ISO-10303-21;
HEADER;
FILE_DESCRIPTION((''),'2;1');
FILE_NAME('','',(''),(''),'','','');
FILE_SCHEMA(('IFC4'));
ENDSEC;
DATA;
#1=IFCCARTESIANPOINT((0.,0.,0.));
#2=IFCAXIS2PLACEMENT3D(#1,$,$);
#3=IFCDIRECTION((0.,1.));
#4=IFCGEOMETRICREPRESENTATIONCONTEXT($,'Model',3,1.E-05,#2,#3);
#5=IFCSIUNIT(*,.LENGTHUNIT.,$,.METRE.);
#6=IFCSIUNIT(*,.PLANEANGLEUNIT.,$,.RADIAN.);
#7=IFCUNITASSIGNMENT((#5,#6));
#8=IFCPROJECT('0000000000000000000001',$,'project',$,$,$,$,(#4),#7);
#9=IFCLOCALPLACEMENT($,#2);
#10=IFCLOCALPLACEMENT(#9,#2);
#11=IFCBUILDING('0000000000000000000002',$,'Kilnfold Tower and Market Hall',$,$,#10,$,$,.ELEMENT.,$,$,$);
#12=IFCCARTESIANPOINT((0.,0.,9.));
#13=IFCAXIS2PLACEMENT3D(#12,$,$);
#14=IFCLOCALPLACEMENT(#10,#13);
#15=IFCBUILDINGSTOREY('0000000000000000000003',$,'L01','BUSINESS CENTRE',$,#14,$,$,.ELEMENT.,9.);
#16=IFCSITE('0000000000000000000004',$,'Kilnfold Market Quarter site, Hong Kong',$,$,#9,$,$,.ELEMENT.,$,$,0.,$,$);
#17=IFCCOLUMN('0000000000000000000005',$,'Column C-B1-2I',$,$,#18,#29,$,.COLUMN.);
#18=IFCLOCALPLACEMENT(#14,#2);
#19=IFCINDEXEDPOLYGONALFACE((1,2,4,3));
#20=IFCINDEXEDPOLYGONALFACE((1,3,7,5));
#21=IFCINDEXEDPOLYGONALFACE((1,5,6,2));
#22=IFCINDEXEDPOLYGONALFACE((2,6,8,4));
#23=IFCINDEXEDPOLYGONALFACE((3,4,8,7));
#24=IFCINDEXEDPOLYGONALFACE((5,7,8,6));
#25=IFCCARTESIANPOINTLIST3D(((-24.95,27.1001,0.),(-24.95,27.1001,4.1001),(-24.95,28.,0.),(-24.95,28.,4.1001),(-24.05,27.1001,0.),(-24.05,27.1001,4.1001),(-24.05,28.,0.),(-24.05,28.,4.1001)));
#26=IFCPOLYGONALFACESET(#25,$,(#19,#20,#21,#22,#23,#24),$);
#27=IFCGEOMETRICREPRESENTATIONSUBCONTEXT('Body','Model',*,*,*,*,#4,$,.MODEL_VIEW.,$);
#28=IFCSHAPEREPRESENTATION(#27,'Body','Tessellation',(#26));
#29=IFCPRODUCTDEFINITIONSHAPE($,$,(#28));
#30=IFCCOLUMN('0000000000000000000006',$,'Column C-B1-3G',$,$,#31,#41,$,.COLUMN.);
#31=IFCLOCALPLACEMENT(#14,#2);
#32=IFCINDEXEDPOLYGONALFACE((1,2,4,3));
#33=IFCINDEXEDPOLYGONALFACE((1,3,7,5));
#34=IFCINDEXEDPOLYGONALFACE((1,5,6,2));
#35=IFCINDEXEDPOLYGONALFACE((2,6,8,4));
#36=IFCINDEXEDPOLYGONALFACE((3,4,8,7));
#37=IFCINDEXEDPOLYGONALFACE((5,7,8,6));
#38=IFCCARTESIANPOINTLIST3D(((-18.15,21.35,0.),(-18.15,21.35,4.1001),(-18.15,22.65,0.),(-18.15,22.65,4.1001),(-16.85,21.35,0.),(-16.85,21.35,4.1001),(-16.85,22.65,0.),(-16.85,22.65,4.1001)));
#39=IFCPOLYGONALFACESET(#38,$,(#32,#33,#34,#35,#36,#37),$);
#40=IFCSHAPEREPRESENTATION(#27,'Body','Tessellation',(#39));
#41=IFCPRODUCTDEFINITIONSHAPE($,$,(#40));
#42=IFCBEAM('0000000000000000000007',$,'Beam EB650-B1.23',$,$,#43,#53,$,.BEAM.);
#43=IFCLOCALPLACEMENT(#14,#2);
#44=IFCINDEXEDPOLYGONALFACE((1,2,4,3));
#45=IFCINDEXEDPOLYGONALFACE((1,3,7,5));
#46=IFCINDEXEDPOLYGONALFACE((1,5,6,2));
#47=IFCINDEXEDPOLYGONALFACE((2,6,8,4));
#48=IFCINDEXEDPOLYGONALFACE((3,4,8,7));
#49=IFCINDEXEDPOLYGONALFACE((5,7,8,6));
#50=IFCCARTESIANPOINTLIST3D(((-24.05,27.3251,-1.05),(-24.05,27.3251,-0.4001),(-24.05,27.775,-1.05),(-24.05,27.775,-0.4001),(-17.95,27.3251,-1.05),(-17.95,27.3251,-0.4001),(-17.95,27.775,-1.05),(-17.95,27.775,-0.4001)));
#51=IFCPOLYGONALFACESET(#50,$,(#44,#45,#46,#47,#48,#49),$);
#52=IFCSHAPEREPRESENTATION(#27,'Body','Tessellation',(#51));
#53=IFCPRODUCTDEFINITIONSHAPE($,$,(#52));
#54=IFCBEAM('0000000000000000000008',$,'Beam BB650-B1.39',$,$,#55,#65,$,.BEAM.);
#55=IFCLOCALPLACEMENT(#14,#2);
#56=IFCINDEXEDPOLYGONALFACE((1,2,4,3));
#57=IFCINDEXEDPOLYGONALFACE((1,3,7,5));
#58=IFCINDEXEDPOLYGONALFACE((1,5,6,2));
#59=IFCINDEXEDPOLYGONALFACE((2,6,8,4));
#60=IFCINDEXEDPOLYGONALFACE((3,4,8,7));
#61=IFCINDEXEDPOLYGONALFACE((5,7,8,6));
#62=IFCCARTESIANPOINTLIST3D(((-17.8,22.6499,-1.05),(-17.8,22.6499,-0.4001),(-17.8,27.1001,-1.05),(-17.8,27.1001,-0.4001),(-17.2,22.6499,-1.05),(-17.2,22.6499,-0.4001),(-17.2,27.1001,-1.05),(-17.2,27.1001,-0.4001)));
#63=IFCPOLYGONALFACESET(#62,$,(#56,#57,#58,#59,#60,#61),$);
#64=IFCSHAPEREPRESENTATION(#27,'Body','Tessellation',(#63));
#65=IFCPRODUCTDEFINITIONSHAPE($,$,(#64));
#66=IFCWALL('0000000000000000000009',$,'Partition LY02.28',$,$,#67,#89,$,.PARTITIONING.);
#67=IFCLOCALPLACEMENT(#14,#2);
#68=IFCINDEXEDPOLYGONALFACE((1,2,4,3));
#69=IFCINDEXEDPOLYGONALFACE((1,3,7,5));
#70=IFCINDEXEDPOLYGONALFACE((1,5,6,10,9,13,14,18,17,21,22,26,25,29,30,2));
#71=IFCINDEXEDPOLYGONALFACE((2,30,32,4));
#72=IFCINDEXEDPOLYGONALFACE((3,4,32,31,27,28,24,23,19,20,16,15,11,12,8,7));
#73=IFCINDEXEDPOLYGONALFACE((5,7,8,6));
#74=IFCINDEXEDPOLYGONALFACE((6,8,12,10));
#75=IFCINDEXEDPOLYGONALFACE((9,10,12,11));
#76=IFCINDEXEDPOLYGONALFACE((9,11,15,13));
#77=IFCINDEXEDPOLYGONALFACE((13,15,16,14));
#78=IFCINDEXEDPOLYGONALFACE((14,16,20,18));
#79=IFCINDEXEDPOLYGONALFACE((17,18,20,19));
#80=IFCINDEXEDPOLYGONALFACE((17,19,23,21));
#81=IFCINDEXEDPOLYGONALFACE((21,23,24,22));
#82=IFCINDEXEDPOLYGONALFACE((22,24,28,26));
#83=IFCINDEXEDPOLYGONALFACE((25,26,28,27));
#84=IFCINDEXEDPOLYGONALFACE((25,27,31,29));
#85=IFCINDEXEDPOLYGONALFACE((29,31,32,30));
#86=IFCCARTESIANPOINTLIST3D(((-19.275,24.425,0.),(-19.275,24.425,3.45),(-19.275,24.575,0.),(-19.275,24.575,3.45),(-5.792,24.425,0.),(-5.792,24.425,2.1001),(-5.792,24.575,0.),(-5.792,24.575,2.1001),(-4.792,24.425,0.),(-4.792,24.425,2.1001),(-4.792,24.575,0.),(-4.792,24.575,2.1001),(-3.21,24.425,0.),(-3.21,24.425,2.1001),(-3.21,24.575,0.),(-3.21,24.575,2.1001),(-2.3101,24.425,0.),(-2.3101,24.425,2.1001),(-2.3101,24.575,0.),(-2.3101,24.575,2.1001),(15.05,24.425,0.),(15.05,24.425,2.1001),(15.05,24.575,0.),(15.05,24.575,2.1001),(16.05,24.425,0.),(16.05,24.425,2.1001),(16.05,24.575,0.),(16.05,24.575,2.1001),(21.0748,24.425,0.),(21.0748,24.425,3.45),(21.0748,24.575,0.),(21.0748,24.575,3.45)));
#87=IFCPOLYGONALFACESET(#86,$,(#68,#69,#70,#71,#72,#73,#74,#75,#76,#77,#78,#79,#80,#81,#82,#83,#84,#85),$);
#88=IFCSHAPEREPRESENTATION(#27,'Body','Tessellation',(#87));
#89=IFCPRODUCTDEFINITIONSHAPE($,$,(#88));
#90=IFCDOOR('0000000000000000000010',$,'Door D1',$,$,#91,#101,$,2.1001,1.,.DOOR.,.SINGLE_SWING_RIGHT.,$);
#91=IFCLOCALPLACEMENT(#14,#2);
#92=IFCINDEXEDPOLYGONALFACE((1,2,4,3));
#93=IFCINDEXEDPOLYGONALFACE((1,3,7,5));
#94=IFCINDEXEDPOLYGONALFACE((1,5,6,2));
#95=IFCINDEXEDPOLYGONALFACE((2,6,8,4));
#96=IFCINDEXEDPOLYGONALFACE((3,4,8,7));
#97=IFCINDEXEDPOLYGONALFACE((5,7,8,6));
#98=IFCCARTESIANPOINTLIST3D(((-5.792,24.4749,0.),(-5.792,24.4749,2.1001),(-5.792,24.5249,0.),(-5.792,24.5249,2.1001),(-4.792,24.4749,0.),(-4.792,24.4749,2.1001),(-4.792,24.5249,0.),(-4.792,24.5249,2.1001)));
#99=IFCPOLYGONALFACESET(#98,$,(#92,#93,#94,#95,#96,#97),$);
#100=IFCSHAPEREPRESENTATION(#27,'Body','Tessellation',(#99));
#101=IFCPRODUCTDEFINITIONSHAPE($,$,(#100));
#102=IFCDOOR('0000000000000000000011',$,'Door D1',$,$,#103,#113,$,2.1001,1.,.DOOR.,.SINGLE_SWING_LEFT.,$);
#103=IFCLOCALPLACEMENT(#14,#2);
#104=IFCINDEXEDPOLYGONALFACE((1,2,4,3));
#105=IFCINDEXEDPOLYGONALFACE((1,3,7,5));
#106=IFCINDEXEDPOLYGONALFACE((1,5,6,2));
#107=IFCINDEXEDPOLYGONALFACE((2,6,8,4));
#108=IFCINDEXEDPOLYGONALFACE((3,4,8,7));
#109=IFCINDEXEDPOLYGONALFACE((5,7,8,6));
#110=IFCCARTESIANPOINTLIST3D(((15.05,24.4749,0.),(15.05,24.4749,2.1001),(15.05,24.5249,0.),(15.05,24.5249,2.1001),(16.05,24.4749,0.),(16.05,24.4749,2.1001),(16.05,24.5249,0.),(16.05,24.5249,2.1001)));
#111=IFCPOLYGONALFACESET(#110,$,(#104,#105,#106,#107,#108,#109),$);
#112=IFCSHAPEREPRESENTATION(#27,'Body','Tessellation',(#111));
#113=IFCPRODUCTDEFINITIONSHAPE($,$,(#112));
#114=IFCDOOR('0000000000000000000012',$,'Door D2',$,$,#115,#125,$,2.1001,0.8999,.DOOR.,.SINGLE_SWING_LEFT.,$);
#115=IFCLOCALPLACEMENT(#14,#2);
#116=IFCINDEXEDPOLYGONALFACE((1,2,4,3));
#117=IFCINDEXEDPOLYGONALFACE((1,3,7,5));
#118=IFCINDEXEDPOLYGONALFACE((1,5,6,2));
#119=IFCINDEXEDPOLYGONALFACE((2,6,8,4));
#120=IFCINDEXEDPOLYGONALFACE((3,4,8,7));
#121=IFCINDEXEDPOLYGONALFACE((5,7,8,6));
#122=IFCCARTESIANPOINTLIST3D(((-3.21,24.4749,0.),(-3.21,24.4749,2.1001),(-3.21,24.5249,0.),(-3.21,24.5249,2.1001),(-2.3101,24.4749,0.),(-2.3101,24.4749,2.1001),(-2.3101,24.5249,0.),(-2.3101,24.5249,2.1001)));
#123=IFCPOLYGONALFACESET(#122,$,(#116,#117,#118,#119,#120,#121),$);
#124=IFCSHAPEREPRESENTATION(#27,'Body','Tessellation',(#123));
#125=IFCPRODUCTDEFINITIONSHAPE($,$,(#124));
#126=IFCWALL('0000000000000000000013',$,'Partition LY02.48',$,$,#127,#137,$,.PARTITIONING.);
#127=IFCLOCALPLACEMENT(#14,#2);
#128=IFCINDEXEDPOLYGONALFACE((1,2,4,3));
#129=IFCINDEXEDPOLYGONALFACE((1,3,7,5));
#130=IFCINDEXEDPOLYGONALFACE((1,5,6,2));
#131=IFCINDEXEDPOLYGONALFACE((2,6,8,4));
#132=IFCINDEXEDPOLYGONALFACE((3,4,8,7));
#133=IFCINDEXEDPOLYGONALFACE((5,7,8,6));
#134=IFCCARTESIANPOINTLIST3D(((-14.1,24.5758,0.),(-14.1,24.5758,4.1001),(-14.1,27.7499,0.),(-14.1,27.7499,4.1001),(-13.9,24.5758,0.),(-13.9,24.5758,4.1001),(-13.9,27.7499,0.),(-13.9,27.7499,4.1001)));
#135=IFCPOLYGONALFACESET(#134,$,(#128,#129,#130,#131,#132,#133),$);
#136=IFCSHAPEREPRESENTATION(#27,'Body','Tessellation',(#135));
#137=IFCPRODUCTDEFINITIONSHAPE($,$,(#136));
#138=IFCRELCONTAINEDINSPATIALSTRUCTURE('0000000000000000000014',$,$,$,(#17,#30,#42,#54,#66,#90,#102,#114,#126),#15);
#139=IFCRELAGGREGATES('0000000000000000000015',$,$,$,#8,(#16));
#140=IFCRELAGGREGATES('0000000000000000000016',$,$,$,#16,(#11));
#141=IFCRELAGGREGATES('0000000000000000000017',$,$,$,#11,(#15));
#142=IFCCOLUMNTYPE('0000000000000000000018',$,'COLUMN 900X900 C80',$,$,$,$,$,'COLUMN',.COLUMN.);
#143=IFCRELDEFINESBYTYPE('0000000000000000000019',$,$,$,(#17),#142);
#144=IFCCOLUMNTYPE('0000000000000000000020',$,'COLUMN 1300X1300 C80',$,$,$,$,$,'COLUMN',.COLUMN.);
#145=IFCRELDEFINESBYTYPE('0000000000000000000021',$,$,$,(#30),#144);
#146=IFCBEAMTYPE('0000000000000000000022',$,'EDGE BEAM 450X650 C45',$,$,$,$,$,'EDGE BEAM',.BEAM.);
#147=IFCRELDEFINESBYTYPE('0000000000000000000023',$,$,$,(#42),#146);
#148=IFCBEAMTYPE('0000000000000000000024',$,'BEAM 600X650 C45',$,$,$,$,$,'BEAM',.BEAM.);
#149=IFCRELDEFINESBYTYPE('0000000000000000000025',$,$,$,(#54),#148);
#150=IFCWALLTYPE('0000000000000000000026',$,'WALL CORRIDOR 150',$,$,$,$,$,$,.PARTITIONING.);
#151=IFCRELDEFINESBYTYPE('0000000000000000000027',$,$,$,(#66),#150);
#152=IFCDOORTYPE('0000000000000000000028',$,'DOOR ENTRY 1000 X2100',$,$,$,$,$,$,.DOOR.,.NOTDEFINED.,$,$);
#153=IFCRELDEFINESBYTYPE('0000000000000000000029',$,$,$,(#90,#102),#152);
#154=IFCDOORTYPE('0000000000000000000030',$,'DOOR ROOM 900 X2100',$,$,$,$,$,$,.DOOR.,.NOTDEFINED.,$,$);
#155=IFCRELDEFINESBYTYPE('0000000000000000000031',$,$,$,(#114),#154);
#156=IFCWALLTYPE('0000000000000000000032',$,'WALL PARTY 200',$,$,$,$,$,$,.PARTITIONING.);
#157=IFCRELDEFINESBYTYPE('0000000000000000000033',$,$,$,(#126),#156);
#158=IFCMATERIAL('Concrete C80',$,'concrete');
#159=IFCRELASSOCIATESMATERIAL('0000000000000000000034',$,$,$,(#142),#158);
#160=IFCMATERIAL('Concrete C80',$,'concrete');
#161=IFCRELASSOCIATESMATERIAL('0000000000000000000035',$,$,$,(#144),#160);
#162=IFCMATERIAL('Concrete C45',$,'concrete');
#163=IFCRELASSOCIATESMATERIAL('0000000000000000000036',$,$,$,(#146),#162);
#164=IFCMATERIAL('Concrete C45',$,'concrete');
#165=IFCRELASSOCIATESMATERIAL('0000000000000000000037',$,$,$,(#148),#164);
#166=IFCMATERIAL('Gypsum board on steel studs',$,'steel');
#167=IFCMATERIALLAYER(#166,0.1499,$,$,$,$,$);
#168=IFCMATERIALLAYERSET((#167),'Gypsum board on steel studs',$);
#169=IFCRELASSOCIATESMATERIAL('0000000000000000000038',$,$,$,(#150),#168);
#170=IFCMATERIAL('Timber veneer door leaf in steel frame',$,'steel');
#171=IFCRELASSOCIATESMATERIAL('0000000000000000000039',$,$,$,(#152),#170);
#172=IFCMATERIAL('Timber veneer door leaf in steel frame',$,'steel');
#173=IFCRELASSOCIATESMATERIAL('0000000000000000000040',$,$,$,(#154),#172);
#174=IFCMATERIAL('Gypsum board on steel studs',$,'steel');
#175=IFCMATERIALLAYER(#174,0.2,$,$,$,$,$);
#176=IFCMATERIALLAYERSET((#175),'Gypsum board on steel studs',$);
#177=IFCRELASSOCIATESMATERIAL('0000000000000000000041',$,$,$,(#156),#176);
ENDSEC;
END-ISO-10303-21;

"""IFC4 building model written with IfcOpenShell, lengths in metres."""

from ifc_helpers import new_model, si_unit, direction, frame, frame_2d, origin, origin_2d, place, context, subcontext, project, spatial, rectangle, extrude, source, transform, mapped, material, layer, layer_set, material_profile, profile_set, type_object, element, fill, save


model = new_model("IFC4")

# Units and contexts
model_context = context("Model", 3, precision=1e-05, world=origin(), true_north=direction((0.0, 1.0)))
body_context = subcontext(model_context, "Body", "Model", "MODEL_VIEW")
ifc_project = project(units=[si_unit("LENGTHUNIT", "METRE"), si_unit("PLANEANGLEUNIT", "RADIAN")], contexts=[model_context])

# Site, building, storey
site_placement = place(None, origin())
site = spatial("IfcSite", under=ifc_project, at=site_placement, Name="Kilnfold Market Quarter site, Hong Kong", CompositionType="ELEMENT", RefElevation=0.0)
building_placement = place(site_placement, origin())
building = spatial("IfcBuilding", under=site, at=building_placement, Name="Kilnfold Tower and Market Hall", CompositionType="ELEMENT")
storey_placement = place(building_placement, frame((0.0, 0.0, 9.0)))
storey = spatial("IfcBuildingStorey", under=building, at=storey_placement, Name="L01", Description="BUSINESS CENTRE", CompositionType="ELEMENT", Elevation=9.0)

# Columns
ifc_material_1 = material(Name="Concrete C80", Category="concrete")
ifc_material_profile_1 = material_profile(ifc_material_1, rectangle(XDim=0.8999, YDim=0.8999, at=origin_2d()), Name="RC 900x900")
ifc_profile_set_1 = profile_set([ifc_material_profile_1], Name="Concrete C80")
column_type_1 = type_object("IfcColumnType", Name="COLUMN 900X900 C80", ElementType="COLUMN", PredefinedType="COLUMN", material=ifc_profile_set_1)
shared_shape_1 = source(origin(), body_context, "Body", "SweptSolid", [
    extrude(rectangle(XDim=0.8999, YDim=0.8999, at=origin_2d()), origin(), (0.0, 0.0, 1.0), 4.1001),
])
column_1_placement = place(storey_placement, frame((-24.5, 27.55, 0.0), z_axis=(0.0, 0.0, 1.0), x_axis=(1.0, 0.0, 0.0)))
element("IfcColumn", 1, at=column_1_placement, inside=storey, type_object=column_type_1, Name="Column C-B1-2I", PredefinedType="COLUMN", context=body_context, shape_type="MappedRepresentation", body=[
    mapped(shared_shape_1, transform((0.0, 0.0, 0.0))),
])
ifc_material_2 = material(Name="Concrete C80", Category="concrete")
ifc_material_profile_2 = material_profile(ifc_material_2, rectangle(XDim=1.3, YDim=1.3, at=origin_2d()), Name="RC 1300x1300")
ifc_profile_set_2 = profile_set([ifc_material_profile_2], Name="Concrete C80")
column_type_2 = type_object("IfcColumnType", Name="COLUMN 1300X1300 C80", ElementType="COLUMN", PredefinedType="COLUMN", material=ifc_profile_set_2)
shared_shape_2 = source(origin(), body_context, "Body", "SweptSolid", [
    extrude(rectangle(XDim=1.3, YDim=1.3, at=origin_2d()), origin(), (0.0, 0.0, 1.0), 4.1001),
])
column_2_placement = place(storey_placement, frame((-17.5, 22.0, 0.0), z_axis=(0.0, 0.0, 1.0), x_axis=(1.0, 0.0, 0.0)))
element("IfcColumn", 2, at=column_2_placement, inside=storey, type_object=column_type_2, Name="Column C-B1-3G", PredefinedType="COLUMN", context=body_context, shape_type="MappedRepresentation", body=[
    mapped(shared_shape_2, transform((0.0, 0.0, 0.0))),
])

# Beams
ifc_material_3 = material(Name="Concrete C45", Category="concrete")
ifc_material_profile_3 = material_profile(ifc_material_3, rectangle(XDim=0.45, YDim=0.6499, at=origin_2d()), Name="RC 450x650")
ifc_profile_set_3 = profile_set([ifc_material_profile_3], Name="Concrete C45")
beam_type_1 = type_object("IfcBeamType", Name="EDGE BEAM 450X650 C45", ElementType="EDGE BEAM", PredefinedType="BEAM", material=ifc_profile_set_3)
shared_shape_3 = source(origin(), body_context, "Body", "SweptSolid", [
    extrude(rectangle(XDim=0.45, YDim=0.6499, at=origin_2d()), origin(), (0.0, 0.0, 1.0), 6.1001),
])
beam_1_placement = place(storey_placement, frame((-24.05, 27.55, -0.7251), z_axis=(1.0, 0.0, 0.0), x_axis=(0.0, 1.0, 0.0)))
element("IfcBeam", 3, at=beam_1_placement, inside=storey, type_object=beam_type_1, Name="Beam EB650-B1.23", PredefinedType="BEAM", context=body_context, shape_type="MappedRepresentation", body=[
    mapped(shared_shape_3, transform((0.0, 0.0, 0.0))),
])
ifc_material_4 = material(Name="Concrete C45", Category="concrete")
ifc_material_profile_4 = material_profile(ifc_material_4, rectangle(XDim=0.6001, YDim=0.6499, at=origin_2d()), Name="RC 600x650")
ifc_profile_set_4 = profile_set([ifc_material_profile_4], Name="Concrete C45")
beam_type_2 = type_object("IfcBeamType", Name="BEAM 600X650 C45", ElementType="BEAM", PredefinedType="BEAM", material=ifc_profile_set_4)
shared_shape_4 = source(origin(), body_context, "Body", "SweptSolid", [
    extrude(rectangle(XDim=0.6001, YDim=0.6499, at=origin_2d()), origin(), (0.0, 0.0, 1.0), 4.4502),
])
beam_2_placement = place(storey_placement, frame((-17.5, 22.6499, -0.7251), z_axis=(0.0, 1.0, 0.0), x_axis=(-1.0, 0.0, 0.0)))
element("IfcBeam", 4, at=beam_2_placement, inside=storey, type_object=beam_type_2, Name="Beam BB650-B1.39", PredefinedType="BEAM", context=body_context, shape_type="MappedRepresentation", body=[
    mapped(shared_shape_4, transform((0.0, 0.0, 0.0))),
])

# Wall, openings, doors
ifc_material_5 = material(Name="Gypsum board on steel studs", Category="steel")
ifc_layer_1 = layer(ifc_material_5, 0.1499)
ifc_layer_set_1 = layer_set([ifc_layer_1], Name="Gypsum board on steel studs")
wall_type_1 = type_object("IfcWallType", Name="WALL CORRIDOR 150", PredefinedType="PARTITIONING", material=ifc_layer_set_1)
wall_1_placement = place(storey_placement, frame((-19.2749, 24.5, 0.0), z_axis=(0.0, 0.0, 1.0), x_axis=(1.0, 0.0, 0.0)))
wall_1 = element("IfcWall", 5, at=wall_1_placement, inside=storey, type_object=wall_type_1, Name="Partition LY02.28", PredefinedType="PARTITIONING", context=body_context, shape_type="SweptSolid", body=[
    extrude(rectangle(XDim=40.3499, YDim=0.1499, at=frame_2d((20.1748, 0.0))), origin(), (0.0, 0.0, 1.0), 3.45),
])
opening_1_placement = place(wall_1_placement, frame((13.4829, 0.0, 0.0)))
opening_1 = element("IfcOpeningElement", 6, at=opening_1_placement, cuts=wall_1, PredefinedType="OPENING", context=body_context, shape_type="SweptSolid", body=[
    extrude(rectangle(XDim=1.0, YDim=2.1001, at=frame_2d((0.5, 1.05))), frame((0.0, 0.085, 0.0), z_axis=(0.0, -1.0, 0.0), x_axis=(1.0, 0.0, 0.0)), (0.0, 0.0, 1.0), 0.1699),
])
opening_2_placement = place(wall_1_placement, frame((16.0649, 0.0, 0.0)))
opening_2 = element("IfcOpeningElement", 7, at=opening_2_placement, cuts=wall_1, PredefinedType="OPENING", context=body_context, shape_type="SweptSolid", body=[
    extrude(rectangle(XDim=0.8999, YDim=2.1001, at=frame_2d((0.45, 1.05))), frame((0.0, 0.085, 0.0), z_axis=(0.0, -1.0, 0.0), x_axis=(1.0, 0.0, 0.0)), (0.0, 0.0, 1.0), 0.1699),
])
opening_3_placement = place(wall_1_placement, frame((34.325, 0.0, 0.0)))
opening_3 = element("IfcOpeningElement", 8, at=opening_3_placement, cuts=wall_1, PredefinedType="OPENING", context=body_context, shape_type="SweptSolid", body=[
    extrude(rectangle(XDim=1.0, YDim=2.1001, at=frame_2d((0.5, 1.05))), frame((0.0, 0.085, 0.0), z_axis=(0.0, -1.0, 0.0), x_axis=(1.0, 0.0, 0.0)), (0.0, 0.0, 1.0), 0.1699),
])
ifc_material_6 = material(Name="Timber veneer door leaf in steel frame", Category="steel")
door_type_1 = type_object("IfcDoorType", Name="DOOR ENTRY 1000 X2100", OperationType="NOTDEFINED", PredefinedType="DOOR", material=ifc_material_6)
door_1_placement = place(opening_1_placement, origin())
door_1 = element("IfcDoor", 9, at=door_1_placement, inside=storey, type_object=door_type_1, Name="Door D1", OperationType="SINGLE_SWING_RIGHT", OverallHeight=2.1001, OverallWidth=1.0, PredefinedType="DOOR", context=body_context, shape_type="SweptSolid", body=[
    extrude(rectangle(XDim=1.0, YDim=2.1001, at=frame_2d((0.5, 1.05))), frame((0.0, 0.0249, 0.0), z_axis=(0.0, -1.0, 0.0), x_axis=(1.0, 0.0, 0.0)), (0.0, 0.0, 1.0), 0.05),
])
fill(opening_1, door_1)
door_2_placement = place(opening_3_placement, origin())
door_2 = element("IfcDoor", 10, at=door_2_placement, inside=storey, type_object=door_type_1, Name="Door D1", OperationType="SINGLE_SWING_LEFT", OverallHeight=2.1001, OverallWidth=1.0, PredefinedType="DOOR", context=body_context, shape_type="SweptSolid", body=[
    extrude(rectangle(XDim=1.0, YDim=2.1001, at=frame_2d((0.5, 1.05))), frame((0.0, 0.0249, 0.0), z_axis=(0.0, -1.0, 0.0), x_axis=(1.0, 0.0, 0.0)), (0.0, 0.0, 1.0), 0.05),
])
fill(opening_3, door_2)
ifc_material_7 = material(Name="Timber veneer door leaf in steel frame", Category="steel")
door_type_2 = type_object("IfcDoorType", Name="DOOR ROOM 900 X2100", OperationType="NOTDEFINED", PredefinedType="DOOR", material=ifc_material_7)
door_3_placement = place(opening_2_placement, origin())
door_3 = element("IfcDoor", 11, at=door_3_placement, inside=storey, type_object=door_type_2, Name="Door D2", OperationType="SINGLE_SWING_LEFT", OverallHeight=2.1001, OverallWidth=0.8999, PredefinedType="DOOR", context=body_context, shape_type="SweptSolid", body=[
    extrude(rectangle(XDim=0.8999, YDim=2.1001, at=frame_2d((0.45, 1.05))), frame((0.0, 0.0249, 0.0), z_axis=(0.0, -1.0, 0.0), x_axis=(1.0, 0.0, 0.0)), (0.0, 0.0, 1.0), 0.05),
])
fill(opening_2, door_3)

# Wall
ifc_material_8 = material(Name="Gypsum board on steel studs", Category="steel")
ifc_layer_2 = layer(ifc_material_8, 0.2)
ifc_layer_set_2 = layer_set([ifc_layer_2], Name="Gypsum board on steel studs")
wall_type_2 = type_object("IfcWallType", Name="WALL PARTY 200", PredefinedType="PARTITIONING", material=ifc_layer_set_2)
wall_2_placement = place(storey_placement, frame((-14.0, 24.5759, 0.0), z_axis=(0.0, 0.0, 1.0), x_axis=(0.0, 1.0, 0.0)))
element("IfcWall", 12, at=wall_2_placement, inside=storey, type_object=wall_type_2, Name="Partition LY02.48", PredefinedType="PARTITIONING", context=body_context, shape_type="SweptSolid", body=[
    extrude(rectangle(XDim=3.1741, YDim=0.2, at=frame_2d((1.5869, 0.0))), origin(), (0.0, 0.0, 1.0), 4.1001),
])

save(model, "model.ifc")
